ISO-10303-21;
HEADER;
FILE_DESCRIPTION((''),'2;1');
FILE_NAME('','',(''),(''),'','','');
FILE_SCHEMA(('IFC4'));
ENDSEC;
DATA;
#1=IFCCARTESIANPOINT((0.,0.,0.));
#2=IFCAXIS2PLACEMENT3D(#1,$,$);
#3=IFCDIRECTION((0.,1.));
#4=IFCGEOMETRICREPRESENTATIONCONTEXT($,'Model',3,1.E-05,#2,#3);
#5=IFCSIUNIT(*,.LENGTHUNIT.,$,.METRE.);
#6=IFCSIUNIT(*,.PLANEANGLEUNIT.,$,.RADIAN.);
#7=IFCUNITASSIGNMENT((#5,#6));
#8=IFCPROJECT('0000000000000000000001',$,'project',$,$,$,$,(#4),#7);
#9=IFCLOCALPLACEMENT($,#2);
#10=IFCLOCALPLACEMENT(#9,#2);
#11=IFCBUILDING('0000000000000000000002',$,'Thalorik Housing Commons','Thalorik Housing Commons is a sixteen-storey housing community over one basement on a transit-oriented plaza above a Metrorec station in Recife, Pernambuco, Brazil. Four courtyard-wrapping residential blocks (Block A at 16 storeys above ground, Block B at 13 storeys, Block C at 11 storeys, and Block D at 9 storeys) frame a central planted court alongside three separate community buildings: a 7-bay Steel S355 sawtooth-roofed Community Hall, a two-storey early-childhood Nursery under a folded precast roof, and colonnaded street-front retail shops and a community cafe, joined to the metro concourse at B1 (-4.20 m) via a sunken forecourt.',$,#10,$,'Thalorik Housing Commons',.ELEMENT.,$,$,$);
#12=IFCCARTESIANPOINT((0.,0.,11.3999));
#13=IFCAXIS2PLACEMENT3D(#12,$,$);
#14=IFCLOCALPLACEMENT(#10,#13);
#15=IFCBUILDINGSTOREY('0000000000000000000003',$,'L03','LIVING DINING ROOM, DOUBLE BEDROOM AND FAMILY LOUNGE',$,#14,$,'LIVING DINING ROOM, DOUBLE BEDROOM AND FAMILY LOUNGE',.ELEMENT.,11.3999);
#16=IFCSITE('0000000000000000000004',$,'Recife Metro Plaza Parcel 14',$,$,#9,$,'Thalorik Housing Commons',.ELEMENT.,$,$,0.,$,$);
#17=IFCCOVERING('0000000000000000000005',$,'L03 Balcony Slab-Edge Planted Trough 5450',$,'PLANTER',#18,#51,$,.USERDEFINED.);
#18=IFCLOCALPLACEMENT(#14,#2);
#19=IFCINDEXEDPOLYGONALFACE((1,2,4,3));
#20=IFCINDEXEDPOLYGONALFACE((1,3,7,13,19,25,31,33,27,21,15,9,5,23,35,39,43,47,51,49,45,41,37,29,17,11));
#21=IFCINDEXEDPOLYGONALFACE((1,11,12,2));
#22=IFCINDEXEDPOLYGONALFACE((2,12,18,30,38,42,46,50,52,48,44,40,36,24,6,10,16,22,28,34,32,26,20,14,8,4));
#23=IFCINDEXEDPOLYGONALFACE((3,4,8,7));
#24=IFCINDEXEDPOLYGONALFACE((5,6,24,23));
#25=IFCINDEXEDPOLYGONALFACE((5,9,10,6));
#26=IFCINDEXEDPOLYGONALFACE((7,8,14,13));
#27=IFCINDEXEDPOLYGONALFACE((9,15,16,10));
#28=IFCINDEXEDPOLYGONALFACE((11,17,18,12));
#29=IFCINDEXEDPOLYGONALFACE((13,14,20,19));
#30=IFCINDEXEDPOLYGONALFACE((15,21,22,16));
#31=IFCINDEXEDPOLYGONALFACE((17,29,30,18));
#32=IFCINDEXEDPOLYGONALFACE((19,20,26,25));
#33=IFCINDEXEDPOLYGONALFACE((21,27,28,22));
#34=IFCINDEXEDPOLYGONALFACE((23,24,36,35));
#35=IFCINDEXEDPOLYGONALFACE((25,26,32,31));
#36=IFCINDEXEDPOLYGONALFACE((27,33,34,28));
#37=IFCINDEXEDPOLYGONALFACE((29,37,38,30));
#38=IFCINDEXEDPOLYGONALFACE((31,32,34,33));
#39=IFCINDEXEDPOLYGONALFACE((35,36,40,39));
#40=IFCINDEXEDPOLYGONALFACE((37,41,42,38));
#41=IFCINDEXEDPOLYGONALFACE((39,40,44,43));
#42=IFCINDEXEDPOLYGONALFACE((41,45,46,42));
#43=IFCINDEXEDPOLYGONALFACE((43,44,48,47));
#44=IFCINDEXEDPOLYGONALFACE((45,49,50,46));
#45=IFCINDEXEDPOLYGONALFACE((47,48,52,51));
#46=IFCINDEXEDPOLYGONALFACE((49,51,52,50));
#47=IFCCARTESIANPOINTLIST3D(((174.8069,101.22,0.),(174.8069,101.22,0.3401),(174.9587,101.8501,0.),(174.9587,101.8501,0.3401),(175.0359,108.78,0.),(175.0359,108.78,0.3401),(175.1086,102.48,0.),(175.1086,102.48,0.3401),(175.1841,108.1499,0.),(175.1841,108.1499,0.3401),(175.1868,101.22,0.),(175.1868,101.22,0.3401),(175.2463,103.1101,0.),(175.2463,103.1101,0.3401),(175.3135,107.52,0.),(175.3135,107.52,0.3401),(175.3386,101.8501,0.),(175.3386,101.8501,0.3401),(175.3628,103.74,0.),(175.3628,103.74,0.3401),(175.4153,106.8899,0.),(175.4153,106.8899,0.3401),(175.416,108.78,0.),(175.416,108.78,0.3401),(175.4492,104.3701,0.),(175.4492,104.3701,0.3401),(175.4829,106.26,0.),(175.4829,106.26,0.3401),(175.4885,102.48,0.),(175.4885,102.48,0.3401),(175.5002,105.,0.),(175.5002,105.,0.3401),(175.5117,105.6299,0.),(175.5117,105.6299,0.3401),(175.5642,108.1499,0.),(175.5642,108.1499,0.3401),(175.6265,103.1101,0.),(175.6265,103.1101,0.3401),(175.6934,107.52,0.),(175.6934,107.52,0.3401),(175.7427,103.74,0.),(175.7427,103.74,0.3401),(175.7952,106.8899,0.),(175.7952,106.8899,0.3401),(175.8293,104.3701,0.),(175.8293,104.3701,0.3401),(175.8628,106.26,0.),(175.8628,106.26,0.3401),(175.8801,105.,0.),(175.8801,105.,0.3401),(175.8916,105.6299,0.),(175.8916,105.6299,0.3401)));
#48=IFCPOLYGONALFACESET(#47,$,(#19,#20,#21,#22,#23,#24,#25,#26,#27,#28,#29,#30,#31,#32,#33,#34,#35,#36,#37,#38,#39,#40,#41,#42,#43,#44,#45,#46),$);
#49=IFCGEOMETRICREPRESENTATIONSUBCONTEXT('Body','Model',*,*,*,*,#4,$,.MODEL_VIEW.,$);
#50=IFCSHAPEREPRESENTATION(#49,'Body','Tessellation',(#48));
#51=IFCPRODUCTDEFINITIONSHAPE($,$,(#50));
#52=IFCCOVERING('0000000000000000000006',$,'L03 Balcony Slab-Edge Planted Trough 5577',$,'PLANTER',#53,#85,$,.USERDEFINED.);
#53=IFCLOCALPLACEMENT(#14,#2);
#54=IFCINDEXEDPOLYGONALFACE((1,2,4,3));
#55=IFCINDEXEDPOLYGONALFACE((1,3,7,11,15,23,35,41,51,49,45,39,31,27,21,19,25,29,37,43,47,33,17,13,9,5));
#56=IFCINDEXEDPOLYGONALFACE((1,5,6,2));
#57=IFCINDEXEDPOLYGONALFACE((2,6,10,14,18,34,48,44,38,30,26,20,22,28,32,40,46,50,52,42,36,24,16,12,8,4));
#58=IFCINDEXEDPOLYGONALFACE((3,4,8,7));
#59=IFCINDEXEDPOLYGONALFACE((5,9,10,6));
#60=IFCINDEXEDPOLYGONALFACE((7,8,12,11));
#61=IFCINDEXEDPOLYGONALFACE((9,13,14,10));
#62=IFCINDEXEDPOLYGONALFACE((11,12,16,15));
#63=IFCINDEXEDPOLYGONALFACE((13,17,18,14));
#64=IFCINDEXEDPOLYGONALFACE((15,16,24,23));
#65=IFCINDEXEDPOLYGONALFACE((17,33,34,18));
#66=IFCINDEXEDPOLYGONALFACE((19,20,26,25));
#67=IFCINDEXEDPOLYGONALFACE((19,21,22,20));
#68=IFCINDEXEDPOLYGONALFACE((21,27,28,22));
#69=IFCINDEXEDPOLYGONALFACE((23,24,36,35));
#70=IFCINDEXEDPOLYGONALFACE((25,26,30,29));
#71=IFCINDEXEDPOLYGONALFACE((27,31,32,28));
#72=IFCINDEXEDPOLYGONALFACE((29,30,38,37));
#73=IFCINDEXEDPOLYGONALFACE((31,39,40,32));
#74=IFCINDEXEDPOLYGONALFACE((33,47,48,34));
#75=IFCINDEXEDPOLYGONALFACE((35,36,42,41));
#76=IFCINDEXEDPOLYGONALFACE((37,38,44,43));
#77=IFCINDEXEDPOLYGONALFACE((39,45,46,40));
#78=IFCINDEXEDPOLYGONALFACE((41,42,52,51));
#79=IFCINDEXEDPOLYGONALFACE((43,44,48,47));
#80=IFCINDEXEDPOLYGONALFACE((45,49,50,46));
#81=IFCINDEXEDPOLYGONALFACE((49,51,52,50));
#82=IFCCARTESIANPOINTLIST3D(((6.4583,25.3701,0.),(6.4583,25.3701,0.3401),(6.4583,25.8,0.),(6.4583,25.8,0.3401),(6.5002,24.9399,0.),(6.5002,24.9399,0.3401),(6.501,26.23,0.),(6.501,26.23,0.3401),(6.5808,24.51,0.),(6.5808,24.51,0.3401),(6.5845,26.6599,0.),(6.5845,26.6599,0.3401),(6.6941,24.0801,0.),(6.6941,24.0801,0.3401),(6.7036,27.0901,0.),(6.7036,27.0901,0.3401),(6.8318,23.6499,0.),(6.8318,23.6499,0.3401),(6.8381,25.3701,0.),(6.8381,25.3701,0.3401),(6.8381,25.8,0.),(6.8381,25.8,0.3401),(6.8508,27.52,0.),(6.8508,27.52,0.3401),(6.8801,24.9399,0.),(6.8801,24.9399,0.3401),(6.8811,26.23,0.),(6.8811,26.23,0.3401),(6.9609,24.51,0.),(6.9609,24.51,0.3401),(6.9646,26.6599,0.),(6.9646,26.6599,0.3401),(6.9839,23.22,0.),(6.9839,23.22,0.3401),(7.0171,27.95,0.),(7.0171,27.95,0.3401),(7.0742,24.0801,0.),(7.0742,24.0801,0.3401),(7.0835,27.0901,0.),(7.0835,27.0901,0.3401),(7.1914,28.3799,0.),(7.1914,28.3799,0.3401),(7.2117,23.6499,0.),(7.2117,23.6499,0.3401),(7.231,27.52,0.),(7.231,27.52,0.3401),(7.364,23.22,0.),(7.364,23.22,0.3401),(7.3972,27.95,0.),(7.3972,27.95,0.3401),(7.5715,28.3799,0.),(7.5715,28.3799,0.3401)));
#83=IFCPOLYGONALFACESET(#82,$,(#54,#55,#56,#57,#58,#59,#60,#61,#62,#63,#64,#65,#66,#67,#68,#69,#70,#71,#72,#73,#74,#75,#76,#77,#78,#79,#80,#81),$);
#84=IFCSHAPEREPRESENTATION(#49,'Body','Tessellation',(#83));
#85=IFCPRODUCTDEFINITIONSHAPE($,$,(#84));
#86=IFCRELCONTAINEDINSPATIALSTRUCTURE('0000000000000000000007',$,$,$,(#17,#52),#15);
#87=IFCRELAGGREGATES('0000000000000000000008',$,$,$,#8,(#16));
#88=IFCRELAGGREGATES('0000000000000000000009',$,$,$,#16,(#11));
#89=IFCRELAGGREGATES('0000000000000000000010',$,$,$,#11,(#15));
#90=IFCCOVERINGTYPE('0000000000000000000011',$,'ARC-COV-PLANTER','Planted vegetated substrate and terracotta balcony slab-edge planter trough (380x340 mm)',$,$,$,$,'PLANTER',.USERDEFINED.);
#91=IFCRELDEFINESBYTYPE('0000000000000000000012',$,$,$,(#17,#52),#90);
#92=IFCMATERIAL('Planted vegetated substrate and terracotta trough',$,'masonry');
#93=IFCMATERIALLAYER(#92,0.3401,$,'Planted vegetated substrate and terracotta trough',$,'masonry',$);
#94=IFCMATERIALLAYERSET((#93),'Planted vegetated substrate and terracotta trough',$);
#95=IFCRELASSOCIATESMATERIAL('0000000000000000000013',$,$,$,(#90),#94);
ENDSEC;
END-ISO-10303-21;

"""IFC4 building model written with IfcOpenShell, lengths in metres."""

from ifc_helpers import new_model, si_unit, direction, frame, origin, place, context, subcontext, project, spatial, polyline, outline, extrude, material, layer, layer_set, type_object, element, save


model = new_model("IFC4")

# Units and contexts
model_context = context("Model", 3, precision=1e-05, world=origin(), true_north=direction((0.0, 1.0)))
body_context = subcontext(model_context, "Body", "Model", "MODEL_VIEW")
ifc_project = project(units=[si_unit("LENGTHUNIT", "METRE"), si_unit("PLANEANGLEUNIT", "RADIAN")], contexts=[model_context])

# Site, building, storey
site_placement = place(None, origin())
site = spatial("IfcSite", under=ifc_project, at=site_placement, Name="Recife Metro Plaza Parcel 14", LongName="Thalorik Housing Commons", CompositionType="ELEMENT", RefElevation=0.0)
building_placement = place(site_placement, origin())
building = spatial("IfcBuilding", under=site, at=building_placement, Name="Thalorik Housing Commons", Description="Thalorik Housing Commons is a sixteen-storey housing community over one basement on a transit-oriented plaza above a Metrorec station in Recife, Pernambuco, Brazil. Four courtyard-wrapping residential blocks (Block A at 16 storeys above ground, Block B at 13 storeys, Block C at 11 storeys, and Block D at 9 storeys) frame a central planted court alongside three separate community buildings: a 7-bay Steel S355 sawtooth-roofed Community Hall, a two-storey early-childhood Nursery under a folded precast roof, and colonnaded street-front retail shops and a community cafe, joined to the metro concourse at B1 (-4.20 m) via a sunken forecourt.", LongName="Thalorik Housing Commons", CompositionType="ELEMENT")
storey_placement = place(building_placement, frame((0.0, 0.0, 11.3999)))
storey = spatial("IfcBuildingStorey", under=building, at=storey_placement, Name="L03", Description="LIVING DINING ROOM, DOUBLE BEDROOM AND FAMILY LOUNGE", LongName="LIVING DINING ROOM, DOUBLE BEDROOM AND FAMILY LOUNGE", CompositionType="ELEMENT", Elevation=11.3999)

# Coverings
ifc_material = material(Name="Planted vegetated substrate and terracotta trough", Category="masonry")
ifc_layer = layer(ifc_material, 0.3401, Name="Planted vegetated substrate and terracotta trough", Category="masonry")
ifc_layer_set = layer_set([ifc_layer], Name="Planted vegetated substrate and terracotta trough")
covering_type = type_object("IfcCoveringType", Name="ARC-COV-PLANTER", Description="Planted vegetated substrate and terracotta balcony slab-edge planter trough (380x340 mm)", ElementType="PLANTER", PredefinedType="USERDEFINED", material=ifc_layer_set)
covering_1_placement = place(storey_placement, origin())
element("IfcCovering", 1, at=covering_1_placement, inside=storey, type_object=covering_type, Name="L03 Balcony Slab-Edge Planted Trough 5450", ObjectType="PLANTER", PredefinedType="USERDEFINED", context=body_context, shape_type="SweptSolid", body=[
    extrude(outline(polyline([(175.1868, 101.22), (175.3386, 101.8501), (175.4885, 102.48), (175.6265, 103.1101), (175.7427, 103.74), (175.8293, 104.3701), (175.8801, 105.0), (175.8916, 105.6299), (175.8628, 106.26), (175.7952, 106.8899), (175.6934, 107.52), (175.5642, 108.1499), (175.416, 108.78), (175.0359, 108.78), (175.1841, 108.1499), (175.3135, 107.52), (175.4153, 106.8899), (175.4829, 106.26), (175.5117, 105.6299), (175.5002, 105.0), (175.4492, 104.3701), (175.3628, 103.74), (175.2463, 103.1101), (175.1086, 102.48), (174.9587, 101.8501), (174.8069, 101.22), (175.1868, 101.22)])), origin(), (0.0, 0.0, 1.0), 0.3401),
])
covering_2_placement = place(storey_placement, origin())
element("IfcCovering", 2, at=covering_2_placement, inside=storey, type_object=covering_type, Name="L03 Balcony Slab-Edge Planted Trough 5577", ObjectType="PLANTER", PredefinedType="USERDEFINED", context=body_context, shape_type="SweptSolid", body=[
    extrude(outline(polyline([(7.1914, 28.3799), (7.0171, 27.95), (6.8508, 27.52), (6.7036, 27.0901), (6.5845, 26.6599), (6.501, 26.23), (6.4583, 25.8), (6.4583, 25.3701), (6.5002, 24.9399), (6.5808, 24.51), (6.6941, 24.0801), (6.8318, 23.6499), (6.9839, 23.22), (7.364, 23.22), (7.2117, 23.6499), (7.0742, 24.0801), (6.9609, 24.51), (6.8801, 24.9399), (6.8381, 25.3701), (6.8381, 25.8), (6.8811, 26.23), (6.9646, 26.6599), (7.0835, 27.0901), (7.231, 27.52), (7.3972, 27.95), (7.5715, 28.3799), (7.1914, 28.3799)])), origin(), (0.0, 0.0, 1.0), 0.3401),
])

save(model, "model.ifc")
